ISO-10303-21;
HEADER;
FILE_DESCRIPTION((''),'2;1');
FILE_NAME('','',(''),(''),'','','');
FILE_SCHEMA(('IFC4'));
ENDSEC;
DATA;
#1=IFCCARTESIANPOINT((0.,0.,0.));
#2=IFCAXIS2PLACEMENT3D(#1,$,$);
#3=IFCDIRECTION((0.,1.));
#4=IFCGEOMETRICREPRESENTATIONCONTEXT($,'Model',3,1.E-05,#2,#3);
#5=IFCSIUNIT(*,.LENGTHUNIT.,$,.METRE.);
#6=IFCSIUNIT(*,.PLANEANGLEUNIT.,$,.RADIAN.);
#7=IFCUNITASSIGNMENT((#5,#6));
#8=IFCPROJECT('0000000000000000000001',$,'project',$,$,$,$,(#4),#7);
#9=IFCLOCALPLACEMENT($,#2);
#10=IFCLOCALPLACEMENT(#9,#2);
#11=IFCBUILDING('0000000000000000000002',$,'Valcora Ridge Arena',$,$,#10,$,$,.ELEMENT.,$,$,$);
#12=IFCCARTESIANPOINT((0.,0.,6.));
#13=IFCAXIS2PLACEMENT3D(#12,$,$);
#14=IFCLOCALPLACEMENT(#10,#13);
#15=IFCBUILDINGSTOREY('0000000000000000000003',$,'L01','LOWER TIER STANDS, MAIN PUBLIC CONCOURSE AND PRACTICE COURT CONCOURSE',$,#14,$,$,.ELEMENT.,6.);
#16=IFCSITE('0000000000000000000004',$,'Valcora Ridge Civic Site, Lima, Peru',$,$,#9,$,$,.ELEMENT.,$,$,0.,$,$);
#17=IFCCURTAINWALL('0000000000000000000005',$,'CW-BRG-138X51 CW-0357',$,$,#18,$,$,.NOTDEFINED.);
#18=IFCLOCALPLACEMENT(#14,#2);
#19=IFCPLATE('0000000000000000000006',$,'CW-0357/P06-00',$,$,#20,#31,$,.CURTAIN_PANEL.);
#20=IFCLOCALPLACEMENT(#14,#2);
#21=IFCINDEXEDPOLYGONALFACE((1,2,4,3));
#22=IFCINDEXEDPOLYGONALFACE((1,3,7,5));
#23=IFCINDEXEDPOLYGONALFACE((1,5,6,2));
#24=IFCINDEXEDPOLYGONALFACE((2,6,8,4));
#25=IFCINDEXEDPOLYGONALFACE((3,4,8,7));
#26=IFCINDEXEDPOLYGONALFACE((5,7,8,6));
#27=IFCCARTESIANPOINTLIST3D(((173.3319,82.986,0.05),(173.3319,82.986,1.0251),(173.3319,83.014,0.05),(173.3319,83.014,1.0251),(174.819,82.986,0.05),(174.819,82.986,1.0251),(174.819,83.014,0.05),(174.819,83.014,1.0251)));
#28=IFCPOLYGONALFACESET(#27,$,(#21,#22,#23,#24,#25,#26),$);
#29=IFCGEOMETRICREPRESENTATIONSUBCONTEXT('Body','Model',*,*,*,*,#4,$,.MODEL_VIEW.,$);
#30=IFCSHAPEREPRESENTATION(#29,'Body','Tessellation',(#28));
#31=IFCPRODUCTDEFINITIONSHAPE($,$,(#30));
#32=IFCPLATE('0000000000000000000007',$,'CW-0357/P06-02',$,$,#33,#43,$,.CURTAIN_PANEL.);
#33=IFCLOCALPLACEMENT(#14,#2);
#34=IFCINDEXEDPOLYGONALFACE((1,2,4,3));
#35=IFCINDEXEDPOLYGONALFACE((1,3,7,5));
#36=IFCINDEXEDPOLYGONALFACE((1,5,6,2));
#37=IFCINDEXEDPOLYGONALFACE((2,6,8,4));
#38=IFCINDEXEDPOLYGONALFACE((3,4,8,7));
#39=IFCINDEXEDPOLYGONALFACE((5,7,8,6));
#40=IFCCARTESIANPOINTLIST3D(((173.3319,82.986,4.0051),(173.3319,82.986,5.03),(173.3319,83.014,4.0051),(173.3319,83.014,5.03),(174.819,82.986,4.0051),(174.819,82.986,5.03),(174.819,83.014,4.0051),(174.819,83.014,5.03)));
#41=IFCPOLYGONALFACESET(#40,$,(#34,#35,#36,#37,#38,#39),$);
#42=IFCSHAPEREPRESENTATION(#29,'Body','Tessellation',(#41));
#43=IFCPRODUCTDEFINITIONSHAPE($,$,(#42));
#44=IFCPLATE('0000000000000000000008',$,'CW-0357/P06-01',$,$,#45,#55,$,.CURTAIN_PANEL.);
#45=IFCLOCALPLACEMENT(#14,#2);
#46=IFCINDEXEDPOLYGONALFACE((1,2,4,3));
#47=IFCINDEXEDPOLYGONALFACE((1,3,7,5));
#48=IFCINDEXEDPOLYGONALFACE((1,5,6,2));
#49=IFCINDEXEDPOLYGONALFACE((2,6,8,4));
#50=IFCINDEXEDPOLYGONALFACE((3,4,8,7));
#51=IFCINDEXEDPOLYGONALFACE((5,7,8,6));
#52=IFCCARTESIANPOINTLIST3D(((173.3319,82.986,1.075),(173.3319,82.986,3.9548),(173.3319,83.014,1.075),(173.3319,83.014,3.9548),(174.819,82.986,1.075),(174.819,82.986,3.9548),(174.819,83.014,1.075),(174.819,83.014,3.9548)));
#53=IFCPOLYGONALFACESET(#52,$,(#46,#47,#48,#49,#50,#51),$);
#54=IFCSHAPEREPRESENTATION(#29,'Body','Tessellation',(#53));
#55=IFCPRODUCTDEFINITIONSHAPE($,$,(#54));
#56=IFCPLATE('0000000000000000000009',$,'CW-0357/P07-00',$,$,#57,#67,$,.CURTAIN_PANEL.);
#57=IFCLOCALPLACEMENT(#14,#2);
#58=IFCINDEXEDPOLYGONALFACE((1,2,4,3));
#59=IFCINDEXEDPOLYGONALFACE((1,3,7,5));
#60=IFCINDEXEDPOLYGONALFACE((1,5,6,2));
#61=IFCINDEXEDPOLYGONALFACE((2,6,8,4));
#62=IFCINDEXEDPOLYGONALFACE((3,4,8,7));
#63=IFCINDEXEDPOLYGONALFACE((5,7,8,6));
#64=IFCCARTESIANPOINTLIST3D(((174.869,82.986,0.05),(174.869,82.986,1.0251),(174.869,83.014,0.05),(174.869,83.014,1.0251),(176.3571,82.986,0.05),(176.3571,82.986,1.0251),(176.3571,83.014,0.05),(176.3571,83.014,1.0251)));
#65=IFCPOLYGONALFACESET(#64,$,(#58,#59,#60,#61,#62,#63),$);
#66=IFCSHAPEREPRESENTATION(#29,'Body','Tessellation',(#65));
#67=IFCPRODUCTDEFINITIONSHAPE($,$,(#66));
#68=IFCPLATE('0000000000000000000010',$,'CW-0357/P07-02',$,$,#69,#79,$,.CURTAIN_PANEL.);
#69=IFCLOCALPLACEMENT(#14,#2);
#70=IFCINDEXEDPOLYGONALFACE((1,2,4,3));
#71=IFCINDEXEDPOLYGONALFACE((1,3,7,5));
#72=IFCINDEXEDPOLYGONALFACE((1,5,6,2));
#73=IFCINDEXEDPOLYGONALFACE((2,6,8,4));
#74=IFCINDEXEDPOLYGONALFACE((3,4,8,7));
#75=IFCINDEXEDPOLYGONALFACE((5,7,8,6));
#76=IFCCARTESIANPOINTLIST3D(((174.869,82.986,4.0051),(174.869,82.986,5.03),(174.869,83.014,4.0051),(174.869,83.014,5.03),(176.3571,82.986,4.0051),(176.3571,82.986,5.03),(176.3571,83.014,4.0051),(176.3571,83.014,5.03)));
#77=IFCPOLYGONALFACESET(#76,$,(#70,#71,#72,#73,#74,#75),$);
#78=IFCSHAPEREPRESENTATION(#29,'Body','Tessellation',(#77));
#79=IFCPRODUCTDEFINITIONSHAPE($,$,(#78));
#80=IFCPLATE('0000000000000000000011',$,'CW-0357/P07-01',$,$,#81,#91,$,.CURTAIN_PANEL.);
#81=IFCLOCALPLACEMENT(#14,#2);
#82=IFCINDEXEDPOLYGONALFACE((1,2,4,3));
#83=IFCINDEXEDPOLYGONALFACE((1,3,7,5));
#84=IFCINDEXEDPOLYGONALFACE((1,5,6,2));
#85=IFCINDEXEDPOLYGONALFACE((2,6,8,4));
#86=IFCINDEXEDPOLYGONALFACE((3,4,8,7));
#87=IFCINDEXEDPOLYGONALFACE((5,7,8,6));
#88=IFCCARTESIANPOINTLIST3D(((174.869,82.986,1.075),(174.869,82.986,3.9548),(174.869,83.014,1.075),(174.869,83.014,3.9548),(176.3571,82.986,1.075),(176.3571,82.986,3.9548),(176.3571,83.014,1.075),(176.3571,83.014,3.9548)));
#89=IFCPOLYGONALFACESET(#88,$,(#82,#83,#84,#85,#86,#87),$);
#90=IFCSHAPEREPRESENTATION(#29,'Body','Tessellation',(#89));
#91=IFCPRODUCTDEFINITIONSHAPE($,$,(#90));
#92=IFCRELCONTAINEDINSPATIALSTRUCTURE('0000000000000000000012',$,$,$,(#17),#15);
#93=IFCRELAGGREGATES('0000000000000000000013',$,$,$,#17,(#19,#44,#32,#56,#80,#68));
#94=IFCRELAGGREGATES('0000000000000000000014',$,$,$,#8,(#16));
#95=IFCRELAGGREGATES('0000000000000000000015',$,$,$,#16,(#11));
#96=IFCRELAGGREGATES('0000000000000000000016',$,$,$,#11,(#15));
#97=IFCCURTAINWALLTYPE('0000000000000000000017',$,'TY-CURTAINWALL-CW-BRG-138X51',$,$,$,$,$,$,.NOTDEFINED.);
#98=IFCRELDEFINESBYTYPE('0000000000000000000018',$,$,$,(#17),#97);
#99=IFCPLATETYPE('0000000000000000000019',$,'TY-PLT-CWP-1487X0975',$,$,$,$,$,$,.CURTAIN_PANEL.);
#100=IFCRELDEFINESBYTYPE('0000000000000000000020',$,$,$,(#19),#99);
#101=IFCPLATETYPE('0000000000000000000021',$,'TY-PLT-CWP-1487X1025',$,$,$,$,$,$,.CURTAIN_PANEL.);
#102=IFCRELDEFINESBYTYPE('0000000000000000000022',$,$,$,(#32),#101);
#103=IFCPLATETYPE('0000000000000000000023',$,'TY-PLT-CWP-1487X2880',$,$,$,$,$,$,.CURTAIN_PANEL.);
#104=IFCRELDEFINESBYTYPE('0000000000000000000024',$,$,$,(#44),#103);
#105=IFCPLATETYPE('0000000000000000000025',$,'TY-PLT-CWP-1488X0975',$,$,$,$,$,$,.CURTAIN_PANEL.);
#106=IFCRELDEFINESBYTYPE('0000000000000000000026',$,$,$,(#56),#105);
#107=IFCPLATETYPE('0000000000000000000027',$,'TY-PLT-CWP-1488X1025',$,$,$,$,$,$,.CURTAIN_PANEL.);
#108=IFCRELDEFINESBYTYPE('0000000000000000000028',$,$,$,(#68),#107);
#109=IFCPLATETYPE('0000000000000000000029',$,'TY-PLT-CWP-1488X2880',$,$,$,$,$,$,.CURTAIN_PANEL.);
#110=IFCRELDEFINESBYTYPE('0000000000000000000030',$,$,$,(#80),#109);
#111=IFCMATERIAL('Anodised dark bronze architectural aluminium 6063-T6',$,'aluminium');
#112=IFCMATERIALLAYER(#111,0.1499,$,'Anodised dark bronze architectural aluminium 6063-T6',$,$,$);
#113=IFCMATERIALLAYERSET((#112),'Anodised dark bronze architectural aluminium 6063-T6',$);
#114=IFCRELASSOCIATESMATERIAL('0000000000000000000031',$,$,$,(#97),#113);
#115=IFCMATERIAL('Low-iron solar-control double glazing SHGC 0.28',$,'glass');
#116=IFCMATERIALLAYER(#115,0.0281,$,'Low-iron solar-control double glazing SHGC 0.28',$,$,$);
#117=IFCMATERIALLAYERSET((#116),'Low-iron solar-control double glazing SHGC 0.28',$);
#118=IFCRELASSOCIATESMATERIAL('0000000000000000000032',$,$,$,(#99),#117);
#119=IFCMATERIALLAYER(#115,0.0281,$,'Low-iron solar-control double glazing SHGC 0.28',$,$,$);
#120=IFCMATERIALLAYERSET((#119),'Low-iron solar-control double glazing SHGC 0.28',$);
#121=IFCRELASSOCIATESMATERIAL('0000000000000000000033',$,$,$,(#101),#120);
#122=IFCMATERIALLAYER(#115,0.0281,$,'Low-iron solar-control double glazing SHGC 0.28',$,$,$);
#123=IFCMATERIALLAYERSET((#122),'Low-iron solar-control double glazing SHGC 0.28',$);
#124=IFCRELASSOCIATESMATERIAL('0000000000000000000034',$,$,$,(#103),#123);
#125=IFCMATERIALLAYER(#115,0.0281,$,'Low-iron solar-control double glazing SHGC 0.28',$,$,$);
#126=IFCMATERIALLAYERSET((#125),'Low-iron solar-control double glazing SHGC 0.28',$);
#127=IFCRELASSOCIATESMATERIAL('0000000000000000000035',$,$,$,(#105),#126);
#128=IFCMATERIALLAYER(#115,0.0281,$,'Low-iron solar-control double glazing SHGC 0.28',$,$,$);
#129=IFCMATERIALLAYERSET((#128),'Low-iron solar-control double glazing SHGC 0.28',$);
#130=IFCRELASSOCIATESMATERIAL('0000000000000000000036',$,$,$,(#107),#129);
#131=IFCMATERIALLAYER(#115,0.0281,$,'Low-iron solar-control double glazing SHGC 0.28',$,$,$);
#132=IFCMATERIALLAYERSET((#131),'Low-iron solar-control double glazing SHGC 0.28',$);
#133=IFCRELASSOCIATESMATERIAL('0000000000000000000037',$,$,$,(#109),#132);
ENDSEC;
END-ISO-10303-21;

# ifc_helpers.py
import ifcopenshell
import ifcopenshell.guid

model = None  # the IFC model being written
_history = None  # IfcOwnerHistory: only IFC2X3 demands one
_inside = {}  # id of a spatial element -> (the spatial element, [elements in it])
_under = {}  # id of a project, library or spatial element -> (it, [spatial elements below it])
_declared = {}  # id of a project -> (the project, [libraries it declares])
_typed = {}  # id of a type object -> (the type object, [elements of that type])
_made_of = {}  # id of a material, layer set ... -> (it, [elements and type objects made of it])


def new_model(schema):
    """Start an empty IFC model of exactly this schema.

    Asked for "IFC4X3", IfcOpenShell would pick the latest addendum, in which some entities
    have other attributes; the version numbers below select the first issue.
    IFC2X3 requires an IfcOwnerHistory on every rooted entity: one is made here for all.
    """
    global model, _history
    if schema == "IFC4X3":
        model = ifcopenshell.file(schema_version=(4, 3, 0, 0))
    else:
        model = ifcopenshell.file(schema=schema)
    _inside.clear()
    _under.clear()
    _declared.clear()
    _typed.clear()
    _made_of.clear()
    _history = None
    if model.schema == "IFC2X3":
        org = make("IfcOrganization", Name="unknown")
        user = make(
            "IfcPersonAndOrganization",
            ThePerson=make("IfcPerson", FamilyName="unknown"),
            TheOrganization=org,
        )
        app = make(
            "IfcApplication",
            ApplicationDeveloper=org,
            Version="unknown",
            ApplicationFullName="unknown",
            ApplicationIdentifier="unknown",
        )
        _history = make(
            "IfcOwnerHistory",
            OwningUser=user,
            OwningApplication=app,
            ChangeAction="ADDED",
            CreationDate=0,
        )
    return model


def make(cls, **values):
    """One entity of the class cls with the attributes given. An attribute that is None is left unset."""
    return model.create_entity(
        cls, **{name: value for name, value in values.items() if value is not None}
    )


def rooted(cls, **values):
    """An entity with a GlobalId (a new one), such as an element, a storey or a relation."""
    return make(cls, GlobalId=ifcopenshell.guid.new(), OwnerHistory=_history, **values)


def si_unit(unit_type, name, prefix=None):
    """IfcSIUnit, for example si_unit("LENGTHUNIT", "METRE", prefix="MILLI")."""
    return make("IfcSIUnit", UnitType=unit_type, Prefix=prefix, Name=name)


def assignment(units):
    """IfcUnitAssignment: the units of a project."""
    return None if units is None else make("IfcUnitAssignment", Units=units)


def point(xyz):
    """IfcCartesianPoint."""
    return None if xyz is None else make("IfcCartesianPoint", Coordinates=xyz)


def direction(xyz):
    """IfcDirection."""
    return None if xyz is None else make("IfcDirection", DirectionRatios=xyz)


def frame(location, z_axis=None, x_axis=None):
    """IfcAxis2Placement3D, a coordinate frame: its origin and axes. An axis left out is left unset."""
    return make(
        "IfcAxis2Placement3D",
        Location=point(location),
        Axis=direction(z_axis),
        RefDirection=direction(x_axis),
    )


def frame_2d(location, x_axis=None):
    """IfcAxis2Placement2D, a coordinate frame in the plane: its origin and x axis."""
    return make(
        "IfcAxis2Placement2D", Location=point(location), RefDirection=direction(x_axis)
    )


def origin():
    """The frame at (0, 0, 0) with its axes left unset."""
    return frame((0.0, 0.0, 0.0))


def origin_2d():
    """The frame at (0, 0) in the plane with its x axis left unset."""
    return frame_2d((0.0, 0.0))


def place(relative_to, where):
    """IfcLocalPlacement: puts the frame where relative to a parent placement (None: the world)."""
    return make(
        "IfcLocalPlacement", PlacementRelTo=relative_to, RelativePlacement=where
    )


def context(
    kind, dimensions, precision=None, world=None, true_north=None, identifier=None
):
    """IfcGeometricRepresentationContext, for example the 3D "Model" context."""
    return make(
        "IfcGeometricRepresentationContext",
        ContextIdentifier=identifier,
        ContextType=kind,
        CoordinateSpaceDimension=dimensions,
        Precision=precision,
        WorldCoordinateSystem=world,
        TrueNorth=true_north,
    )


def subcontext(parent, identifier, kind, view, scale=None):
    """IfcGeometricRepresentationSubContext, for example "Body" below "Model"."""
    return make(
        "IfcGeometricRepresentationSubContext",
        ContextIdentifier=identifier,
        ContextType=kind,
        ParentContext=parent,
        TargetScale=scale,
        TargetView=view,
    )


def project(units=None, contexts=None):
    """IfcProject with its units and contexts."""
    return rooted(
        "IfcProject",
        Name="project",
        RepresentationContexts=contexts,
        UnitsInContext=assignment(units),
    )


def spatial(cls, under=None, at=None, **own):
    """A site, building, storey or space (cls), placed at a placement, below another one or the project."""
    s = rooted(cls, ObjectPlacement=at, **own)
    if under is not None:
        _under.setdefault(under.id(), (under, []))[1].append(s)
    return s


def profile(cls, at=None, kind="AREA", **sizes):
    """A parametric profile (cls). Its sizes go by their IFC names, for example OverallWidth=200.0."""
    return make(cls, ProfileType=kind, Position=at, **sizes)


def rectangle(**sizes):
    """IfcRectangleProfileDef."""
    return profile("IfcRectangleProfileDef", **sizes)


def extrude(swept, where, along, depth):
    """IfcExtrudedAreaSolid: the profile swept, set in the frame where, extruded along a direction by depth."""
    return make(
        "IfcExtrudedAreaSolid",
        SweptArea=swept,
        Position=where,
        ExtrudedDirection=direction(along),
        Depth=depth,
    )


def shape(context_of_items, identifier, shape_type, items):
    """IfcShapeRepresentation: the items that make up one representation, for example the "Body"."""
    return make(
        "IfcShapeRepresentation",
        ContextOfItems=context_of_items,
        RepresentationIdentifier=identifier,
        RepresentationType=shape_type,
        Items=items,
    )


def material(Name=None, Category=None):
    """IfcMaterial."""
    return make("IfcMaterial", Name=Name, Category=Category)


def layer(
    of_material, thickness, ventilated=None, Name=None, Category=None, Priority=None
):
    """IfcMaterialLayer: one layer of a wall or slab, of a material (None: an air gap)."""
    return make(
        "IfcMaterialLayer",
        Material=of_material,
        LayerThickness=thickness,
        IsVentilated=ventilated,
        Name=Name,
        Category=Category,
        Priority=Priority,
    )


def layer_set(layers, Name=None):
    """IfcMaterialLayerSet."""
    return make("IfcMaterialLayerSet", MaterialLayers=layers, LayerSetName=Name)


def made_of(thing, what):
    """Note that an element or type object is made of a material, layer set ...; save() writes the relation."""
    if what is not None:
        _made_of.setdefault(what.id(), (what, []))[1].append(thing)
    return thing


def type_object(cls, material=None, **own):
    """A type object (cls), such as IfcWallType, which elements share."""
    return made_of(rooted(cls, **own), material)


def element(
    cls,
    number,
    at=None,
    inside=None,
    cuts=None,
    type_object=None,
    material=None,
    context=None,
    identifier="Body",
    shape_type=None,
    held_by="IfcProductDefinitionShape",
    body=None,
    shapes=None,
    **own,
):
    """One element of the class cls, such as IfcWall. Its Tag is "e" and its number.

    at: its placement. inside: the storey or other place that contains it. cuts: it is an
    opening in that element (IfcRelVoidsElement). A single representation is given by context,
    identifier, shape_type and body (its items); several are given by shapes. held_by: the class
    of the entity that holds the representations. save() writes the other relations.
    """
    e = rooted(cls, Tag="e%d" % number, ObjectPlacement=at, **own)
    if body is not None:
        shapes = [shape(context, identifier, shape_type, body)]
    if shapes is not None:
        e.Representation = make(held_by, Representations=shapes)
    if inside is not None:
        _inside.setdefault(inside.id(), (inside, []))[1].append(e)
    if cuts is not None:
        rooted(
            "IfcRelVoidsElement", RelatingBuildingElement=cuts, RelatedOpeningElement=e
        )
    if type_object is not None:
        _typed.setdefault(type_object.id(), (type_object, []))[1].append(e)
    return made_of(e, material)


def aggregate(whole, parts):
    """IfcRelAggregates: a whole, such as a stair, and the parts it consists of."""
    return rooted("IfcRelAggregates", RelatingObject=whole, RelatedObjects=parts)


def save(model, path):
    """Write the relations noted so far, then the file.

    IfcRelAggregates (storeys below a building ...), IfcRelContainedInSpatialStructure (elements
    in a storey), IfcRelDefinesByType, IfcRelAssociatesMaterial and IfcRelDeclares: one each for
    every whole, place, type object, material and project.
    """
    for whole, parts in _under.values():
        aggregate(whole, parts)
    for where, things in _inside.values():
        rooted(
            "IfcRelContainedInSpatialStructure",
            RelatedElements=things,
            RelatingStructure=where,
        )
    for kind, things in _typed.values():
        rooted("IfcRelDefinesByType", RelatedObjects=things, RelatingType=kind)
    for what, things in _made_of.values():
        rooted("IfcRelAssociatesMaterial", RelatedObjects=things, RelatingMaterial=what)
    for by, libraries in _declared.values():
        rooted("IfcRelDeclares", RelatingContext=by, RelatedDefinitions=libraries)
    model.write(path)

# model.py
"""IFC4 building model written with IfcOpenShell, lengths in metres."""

from ifc_helpers import new_model, si_unit, direction, frame, origin, origin_2d, place, context, subcontext, project, spatial, rectangle, extrude, material, layer, layer_set, type_object, element, aggregate, save


model = new_model("IFC4")

# Units and contexts
model_context = context("Model", 3, precision=1e-05, world=origin(), true_north=direction((0.0, 1.0)))
body_context = subcontext(model_context, "Body", "Model", "MODEL_VIEW")
ifc_project = project(units=[si_unit("LENGTHUNIT", "METRE"), si_unit("PLANEANGLEUNIT", "RADIAN")], contexts=[model_context])

# Site, building, storey
site_placement = place(None, origin())
site = spatial("IfcSite", under=ifc_project, at=site_placement, Name="Valcora Ridge Civic Site, Lima, Peru", CompositionType="ELEMENT", RefElevation=0.0)
building_placement = place(site_placement, origin())
building = spatial("IfcBuilding", under=site, at=building_placement, Name="Valcora Ridge Arena", CompositionType="ELEMENT")
storey_placement = place(building_placement, frame((0.0, 0.0, 6.0)))
storey = spatial("IfcBuildingStorey", under=building, at=storey_placement, Name="L01", Description="LOWER TIER STANDS, MAIN PUBLIC CONCOURSE AND PRACTICE COURT CONCOURSE", CompositionType="ELEMENT", Elevation=6.0)

# Curtain wall, plates
ifc_material_1 = material(Name="Anodised dark bronze architectural aluminium 6063-T6", Category="aluminium")
ifc_layer_1 = layer(ifc_material_1, 0.1499, Name="Anodised dark bronze architectural aluminium 6063-T6")
ifc_layer_set_1 = layer_set([ifc_layer_1], Name="Anodised dark bronze architectural aluminium 6063-T6")
curtain_wall_type = type_object("IfcCurtainWallType", Name="TY-CURTAINWALL-CW-BRG-138X51", PredefinedType="NOTDEFINED", material=ifc_layer_set_1)
curtain_wall_placement = place(storey_placement, origin())
curtain_wall = element("IfcCurtainWall", 1, at=curtain_wall_placement, inside=storey, type_object=curtain_wall_type, Name="CW-BRG-138X51 CW-0357", PredefinedType="NOTDEFINED")
ifc_material_2 = material(Name="Low-iron solar-control double glazing SHGC 0.28", Category="glass")
ifc_layer_2 = layer(ifc_material_2, 0.0281, Name="Low-iron solar-control double glazing SHGC 0.28")
ifc_layer_set_2 = layer_set([ifc_layer_2], Name="Low-iron solar-control double glazing SHGC 0.28")
plate_type_1 = type_object("IfcPlateType", Name="TY-PLT-CWP-1487X0975", PredefinedType="CURTAIN_PANEL", material=ifc_layer_set_2)
plate_1_placement = place(storey_placement, frame((174.0754, 83.0, 0.05), z_axis=(0.0, 0.0, 1.0), x_axis=(1.0, 0.0, 0.0)))
plate_1 = element("IfcPlate", 2, at=plate_1_placement, type_object=plate_type_1, Name="CW-0357/P06-00", PredefinedType="CURTAIN_PANEL", context=body_context, shape_type="SweptSolid", body=[
    extrude(rectangle(XDim=1.4871, YDim=0.0281, at=origin_2d()), origin(), (0.0, 0.0, 1.0), 0.9751),
])
ifc_layer_3 = layer(ifc_material_2, 0.0281, Name="Low-iron solar-control double glazing SHGC 0.28")
ifc_layer_set_3 = layer_set([ifc_layer_3], Name="Low-iron solar-control double glazing SHGC 0.28")
plate_type_2 = type_object("IfcPlateType", Name="TY-PLT-CWP-1487X1025", PredefinedType="CURTAIN_PANEL", material=ifc_layer_set_3)
plate_2_placement = place(storey_placement, frame((174.0754, 83.0, 4.0051), z_axis=(0.0, 0.0, 1.0), x_axis=(1.0, 0.0, 0.0)))
plate_2 = element("IfcPlate", 3, at=plate_2_placement, type_object=plate_type_2, Name="CW-0357/P06-02", PredefinedType="CURTAIN_PANEL", context=body_context, shape_type="SweptSolid", body=[
    extrude(rectangle(XDim=1.4871, YDim=0.0281, at=origin_2d()), origin(), (0.0, 0.0, 1.0), 1.0249),
])
ifc_layer_4 = layer(ifc_material_2, 0.0281, Name="Low-iron solar-control double glazing SHGC 0.28")
ifc_layer_set_4 = layer_set([ifc_layer_4], Name="Low-iron solar-control double glazing SHGC 0.28")
plate_type_3 = type_object("IfcPlateType", Name="TY-PLT-CWP-1487X2880", PredefinedType="CURTAIN_PANEL", material=ifc_layer_set_4)
plate_3_placement = place(storey_placement, frame((174.0754, 83.0, 1.075), z_axis=(0.0, 0.0, 1.0), x_axis=(1.0, 0.0, 0.0)))
plate_3 = element("IfcPlate", 4, at=plate_3_placement, type_object=plate_type_3, Name="CW-0357/P06-01", PredefinedType="CURTAIN_PANEL", context=body_context, shape_type="SweptSolid", body=[
    extrude(rectangle(XDim=1.4871, YDim=0.0281, at=origin_2d()), origin(), (0.0, 0.0, 1.0), 2.8799),
])
ifc_layer_5 = layer(ifc_material_2, 0.0281, Name="Low-iron solar-control double glazing SHGC 0.28")
ifc_layer_set_5 = layer_set([ifc_layer_5], Name="Low-iron solar-control double glazing SHGC 0.28")
plate_type_4 = type_object("IfcPlateType", Name="TY-PLT-CWP-1488X0975", PredefinedType="CURTAIN_PANEL", material=ifc_layer_set_5)
plate_4_placement = place(storey_placement, frame((175.613, 83.0, 0.05), z_axis=(0.0, 0.0, 1.0), x_axis=(1.0, 0.0, 0.0)))
plate_4 = element("IfcPlate", 5, at=plate_4_placement, type_object=plate_type_4, Name="CW-0357/P07-00", PredefinedType="CURTAIN_PANEL", context=body_context, shape_type="SweptSolid", body=[
    extrude(rectangle(XDim=1.488, YDim=0.0281, at=origin_2d()), origin(), (0.0, 0.0, 1.0), 0.9751),
])
ifc_layer_6 = layer(ifc_material_2, 0.0281, Name="Low-iron solar-control double glazing SHGC 0.28")
ifc_layer_set_6 = layer_set([ifc_layer_6], Name="Low-iron solar-control double glazing SHGC 0.28")
plate_type_5 = type_object("IfcPlateType", Name="TY-PLT-CWP-1488X1025", PredefinedType="CURTAIN_PANEL", material=ifc_layer_set_6)
plate_5_placement = place(storey_placement, frame((175.613, 83.0, 4.0051), z_axis=(0.0, 0.0, 1.0), x_axis=(1.0, 0.0, 0.0)))
plate_5 = element("IfcPlate", 6, at=plate_5_placement, type_object=plate_type_5, Name="CW-0357/P07-02", PredefinedType="CURTAIN_PANEL", context=body_context, shape_type="SweptSolid", body=[
    extrude(rectangle(XDim=1.488, YDim=0.0281, at=origin_2d()), origin(), (0.0, 0.0, 1.0), 1.0249),
])
ifc_layer_7 = layer(ifc_material_2, 0.0281, Name="Low-iron solar-control double glazing SHGC 0.28")
ifc_layer_set_7 = layer_set([ifc_layer_7], Name="Low-iron solar-control double glazing SHGC 0.28")
plate_type_6 = type_object("IfcPlateType", Name="TY-PLT-CWP-1488X2880", PredefinedType="CURTAIN_PANEL", material=ifc_layer_set_7)
plate_6_placement = place(storey_placement, frame((175.613, 83.0, 1.075), z_axis=(0.0, 0.0, 1.0), x_axis=(1.0, 0.0, 0.0)))
plate_6 = element("IfcPlate", 7, at=plate_6_placement, type_object=plate_type_6, Name="CW-0357/P07-01", PredefinedType="CURTAIN_PANEL", context=body_context, shape_type="SweptSolid", body=[
    extrude(rectangle(XDim=1.488, YDim=0.0281, at=origin_2d()), origin(), (0.0, 0.0, 1.0), 2.8799),
])
aggregate(curtain_wall, [plate_1, plate_3, plate_2, plate_4, plate_6, plate_5])

save(model, "model.ifc")
